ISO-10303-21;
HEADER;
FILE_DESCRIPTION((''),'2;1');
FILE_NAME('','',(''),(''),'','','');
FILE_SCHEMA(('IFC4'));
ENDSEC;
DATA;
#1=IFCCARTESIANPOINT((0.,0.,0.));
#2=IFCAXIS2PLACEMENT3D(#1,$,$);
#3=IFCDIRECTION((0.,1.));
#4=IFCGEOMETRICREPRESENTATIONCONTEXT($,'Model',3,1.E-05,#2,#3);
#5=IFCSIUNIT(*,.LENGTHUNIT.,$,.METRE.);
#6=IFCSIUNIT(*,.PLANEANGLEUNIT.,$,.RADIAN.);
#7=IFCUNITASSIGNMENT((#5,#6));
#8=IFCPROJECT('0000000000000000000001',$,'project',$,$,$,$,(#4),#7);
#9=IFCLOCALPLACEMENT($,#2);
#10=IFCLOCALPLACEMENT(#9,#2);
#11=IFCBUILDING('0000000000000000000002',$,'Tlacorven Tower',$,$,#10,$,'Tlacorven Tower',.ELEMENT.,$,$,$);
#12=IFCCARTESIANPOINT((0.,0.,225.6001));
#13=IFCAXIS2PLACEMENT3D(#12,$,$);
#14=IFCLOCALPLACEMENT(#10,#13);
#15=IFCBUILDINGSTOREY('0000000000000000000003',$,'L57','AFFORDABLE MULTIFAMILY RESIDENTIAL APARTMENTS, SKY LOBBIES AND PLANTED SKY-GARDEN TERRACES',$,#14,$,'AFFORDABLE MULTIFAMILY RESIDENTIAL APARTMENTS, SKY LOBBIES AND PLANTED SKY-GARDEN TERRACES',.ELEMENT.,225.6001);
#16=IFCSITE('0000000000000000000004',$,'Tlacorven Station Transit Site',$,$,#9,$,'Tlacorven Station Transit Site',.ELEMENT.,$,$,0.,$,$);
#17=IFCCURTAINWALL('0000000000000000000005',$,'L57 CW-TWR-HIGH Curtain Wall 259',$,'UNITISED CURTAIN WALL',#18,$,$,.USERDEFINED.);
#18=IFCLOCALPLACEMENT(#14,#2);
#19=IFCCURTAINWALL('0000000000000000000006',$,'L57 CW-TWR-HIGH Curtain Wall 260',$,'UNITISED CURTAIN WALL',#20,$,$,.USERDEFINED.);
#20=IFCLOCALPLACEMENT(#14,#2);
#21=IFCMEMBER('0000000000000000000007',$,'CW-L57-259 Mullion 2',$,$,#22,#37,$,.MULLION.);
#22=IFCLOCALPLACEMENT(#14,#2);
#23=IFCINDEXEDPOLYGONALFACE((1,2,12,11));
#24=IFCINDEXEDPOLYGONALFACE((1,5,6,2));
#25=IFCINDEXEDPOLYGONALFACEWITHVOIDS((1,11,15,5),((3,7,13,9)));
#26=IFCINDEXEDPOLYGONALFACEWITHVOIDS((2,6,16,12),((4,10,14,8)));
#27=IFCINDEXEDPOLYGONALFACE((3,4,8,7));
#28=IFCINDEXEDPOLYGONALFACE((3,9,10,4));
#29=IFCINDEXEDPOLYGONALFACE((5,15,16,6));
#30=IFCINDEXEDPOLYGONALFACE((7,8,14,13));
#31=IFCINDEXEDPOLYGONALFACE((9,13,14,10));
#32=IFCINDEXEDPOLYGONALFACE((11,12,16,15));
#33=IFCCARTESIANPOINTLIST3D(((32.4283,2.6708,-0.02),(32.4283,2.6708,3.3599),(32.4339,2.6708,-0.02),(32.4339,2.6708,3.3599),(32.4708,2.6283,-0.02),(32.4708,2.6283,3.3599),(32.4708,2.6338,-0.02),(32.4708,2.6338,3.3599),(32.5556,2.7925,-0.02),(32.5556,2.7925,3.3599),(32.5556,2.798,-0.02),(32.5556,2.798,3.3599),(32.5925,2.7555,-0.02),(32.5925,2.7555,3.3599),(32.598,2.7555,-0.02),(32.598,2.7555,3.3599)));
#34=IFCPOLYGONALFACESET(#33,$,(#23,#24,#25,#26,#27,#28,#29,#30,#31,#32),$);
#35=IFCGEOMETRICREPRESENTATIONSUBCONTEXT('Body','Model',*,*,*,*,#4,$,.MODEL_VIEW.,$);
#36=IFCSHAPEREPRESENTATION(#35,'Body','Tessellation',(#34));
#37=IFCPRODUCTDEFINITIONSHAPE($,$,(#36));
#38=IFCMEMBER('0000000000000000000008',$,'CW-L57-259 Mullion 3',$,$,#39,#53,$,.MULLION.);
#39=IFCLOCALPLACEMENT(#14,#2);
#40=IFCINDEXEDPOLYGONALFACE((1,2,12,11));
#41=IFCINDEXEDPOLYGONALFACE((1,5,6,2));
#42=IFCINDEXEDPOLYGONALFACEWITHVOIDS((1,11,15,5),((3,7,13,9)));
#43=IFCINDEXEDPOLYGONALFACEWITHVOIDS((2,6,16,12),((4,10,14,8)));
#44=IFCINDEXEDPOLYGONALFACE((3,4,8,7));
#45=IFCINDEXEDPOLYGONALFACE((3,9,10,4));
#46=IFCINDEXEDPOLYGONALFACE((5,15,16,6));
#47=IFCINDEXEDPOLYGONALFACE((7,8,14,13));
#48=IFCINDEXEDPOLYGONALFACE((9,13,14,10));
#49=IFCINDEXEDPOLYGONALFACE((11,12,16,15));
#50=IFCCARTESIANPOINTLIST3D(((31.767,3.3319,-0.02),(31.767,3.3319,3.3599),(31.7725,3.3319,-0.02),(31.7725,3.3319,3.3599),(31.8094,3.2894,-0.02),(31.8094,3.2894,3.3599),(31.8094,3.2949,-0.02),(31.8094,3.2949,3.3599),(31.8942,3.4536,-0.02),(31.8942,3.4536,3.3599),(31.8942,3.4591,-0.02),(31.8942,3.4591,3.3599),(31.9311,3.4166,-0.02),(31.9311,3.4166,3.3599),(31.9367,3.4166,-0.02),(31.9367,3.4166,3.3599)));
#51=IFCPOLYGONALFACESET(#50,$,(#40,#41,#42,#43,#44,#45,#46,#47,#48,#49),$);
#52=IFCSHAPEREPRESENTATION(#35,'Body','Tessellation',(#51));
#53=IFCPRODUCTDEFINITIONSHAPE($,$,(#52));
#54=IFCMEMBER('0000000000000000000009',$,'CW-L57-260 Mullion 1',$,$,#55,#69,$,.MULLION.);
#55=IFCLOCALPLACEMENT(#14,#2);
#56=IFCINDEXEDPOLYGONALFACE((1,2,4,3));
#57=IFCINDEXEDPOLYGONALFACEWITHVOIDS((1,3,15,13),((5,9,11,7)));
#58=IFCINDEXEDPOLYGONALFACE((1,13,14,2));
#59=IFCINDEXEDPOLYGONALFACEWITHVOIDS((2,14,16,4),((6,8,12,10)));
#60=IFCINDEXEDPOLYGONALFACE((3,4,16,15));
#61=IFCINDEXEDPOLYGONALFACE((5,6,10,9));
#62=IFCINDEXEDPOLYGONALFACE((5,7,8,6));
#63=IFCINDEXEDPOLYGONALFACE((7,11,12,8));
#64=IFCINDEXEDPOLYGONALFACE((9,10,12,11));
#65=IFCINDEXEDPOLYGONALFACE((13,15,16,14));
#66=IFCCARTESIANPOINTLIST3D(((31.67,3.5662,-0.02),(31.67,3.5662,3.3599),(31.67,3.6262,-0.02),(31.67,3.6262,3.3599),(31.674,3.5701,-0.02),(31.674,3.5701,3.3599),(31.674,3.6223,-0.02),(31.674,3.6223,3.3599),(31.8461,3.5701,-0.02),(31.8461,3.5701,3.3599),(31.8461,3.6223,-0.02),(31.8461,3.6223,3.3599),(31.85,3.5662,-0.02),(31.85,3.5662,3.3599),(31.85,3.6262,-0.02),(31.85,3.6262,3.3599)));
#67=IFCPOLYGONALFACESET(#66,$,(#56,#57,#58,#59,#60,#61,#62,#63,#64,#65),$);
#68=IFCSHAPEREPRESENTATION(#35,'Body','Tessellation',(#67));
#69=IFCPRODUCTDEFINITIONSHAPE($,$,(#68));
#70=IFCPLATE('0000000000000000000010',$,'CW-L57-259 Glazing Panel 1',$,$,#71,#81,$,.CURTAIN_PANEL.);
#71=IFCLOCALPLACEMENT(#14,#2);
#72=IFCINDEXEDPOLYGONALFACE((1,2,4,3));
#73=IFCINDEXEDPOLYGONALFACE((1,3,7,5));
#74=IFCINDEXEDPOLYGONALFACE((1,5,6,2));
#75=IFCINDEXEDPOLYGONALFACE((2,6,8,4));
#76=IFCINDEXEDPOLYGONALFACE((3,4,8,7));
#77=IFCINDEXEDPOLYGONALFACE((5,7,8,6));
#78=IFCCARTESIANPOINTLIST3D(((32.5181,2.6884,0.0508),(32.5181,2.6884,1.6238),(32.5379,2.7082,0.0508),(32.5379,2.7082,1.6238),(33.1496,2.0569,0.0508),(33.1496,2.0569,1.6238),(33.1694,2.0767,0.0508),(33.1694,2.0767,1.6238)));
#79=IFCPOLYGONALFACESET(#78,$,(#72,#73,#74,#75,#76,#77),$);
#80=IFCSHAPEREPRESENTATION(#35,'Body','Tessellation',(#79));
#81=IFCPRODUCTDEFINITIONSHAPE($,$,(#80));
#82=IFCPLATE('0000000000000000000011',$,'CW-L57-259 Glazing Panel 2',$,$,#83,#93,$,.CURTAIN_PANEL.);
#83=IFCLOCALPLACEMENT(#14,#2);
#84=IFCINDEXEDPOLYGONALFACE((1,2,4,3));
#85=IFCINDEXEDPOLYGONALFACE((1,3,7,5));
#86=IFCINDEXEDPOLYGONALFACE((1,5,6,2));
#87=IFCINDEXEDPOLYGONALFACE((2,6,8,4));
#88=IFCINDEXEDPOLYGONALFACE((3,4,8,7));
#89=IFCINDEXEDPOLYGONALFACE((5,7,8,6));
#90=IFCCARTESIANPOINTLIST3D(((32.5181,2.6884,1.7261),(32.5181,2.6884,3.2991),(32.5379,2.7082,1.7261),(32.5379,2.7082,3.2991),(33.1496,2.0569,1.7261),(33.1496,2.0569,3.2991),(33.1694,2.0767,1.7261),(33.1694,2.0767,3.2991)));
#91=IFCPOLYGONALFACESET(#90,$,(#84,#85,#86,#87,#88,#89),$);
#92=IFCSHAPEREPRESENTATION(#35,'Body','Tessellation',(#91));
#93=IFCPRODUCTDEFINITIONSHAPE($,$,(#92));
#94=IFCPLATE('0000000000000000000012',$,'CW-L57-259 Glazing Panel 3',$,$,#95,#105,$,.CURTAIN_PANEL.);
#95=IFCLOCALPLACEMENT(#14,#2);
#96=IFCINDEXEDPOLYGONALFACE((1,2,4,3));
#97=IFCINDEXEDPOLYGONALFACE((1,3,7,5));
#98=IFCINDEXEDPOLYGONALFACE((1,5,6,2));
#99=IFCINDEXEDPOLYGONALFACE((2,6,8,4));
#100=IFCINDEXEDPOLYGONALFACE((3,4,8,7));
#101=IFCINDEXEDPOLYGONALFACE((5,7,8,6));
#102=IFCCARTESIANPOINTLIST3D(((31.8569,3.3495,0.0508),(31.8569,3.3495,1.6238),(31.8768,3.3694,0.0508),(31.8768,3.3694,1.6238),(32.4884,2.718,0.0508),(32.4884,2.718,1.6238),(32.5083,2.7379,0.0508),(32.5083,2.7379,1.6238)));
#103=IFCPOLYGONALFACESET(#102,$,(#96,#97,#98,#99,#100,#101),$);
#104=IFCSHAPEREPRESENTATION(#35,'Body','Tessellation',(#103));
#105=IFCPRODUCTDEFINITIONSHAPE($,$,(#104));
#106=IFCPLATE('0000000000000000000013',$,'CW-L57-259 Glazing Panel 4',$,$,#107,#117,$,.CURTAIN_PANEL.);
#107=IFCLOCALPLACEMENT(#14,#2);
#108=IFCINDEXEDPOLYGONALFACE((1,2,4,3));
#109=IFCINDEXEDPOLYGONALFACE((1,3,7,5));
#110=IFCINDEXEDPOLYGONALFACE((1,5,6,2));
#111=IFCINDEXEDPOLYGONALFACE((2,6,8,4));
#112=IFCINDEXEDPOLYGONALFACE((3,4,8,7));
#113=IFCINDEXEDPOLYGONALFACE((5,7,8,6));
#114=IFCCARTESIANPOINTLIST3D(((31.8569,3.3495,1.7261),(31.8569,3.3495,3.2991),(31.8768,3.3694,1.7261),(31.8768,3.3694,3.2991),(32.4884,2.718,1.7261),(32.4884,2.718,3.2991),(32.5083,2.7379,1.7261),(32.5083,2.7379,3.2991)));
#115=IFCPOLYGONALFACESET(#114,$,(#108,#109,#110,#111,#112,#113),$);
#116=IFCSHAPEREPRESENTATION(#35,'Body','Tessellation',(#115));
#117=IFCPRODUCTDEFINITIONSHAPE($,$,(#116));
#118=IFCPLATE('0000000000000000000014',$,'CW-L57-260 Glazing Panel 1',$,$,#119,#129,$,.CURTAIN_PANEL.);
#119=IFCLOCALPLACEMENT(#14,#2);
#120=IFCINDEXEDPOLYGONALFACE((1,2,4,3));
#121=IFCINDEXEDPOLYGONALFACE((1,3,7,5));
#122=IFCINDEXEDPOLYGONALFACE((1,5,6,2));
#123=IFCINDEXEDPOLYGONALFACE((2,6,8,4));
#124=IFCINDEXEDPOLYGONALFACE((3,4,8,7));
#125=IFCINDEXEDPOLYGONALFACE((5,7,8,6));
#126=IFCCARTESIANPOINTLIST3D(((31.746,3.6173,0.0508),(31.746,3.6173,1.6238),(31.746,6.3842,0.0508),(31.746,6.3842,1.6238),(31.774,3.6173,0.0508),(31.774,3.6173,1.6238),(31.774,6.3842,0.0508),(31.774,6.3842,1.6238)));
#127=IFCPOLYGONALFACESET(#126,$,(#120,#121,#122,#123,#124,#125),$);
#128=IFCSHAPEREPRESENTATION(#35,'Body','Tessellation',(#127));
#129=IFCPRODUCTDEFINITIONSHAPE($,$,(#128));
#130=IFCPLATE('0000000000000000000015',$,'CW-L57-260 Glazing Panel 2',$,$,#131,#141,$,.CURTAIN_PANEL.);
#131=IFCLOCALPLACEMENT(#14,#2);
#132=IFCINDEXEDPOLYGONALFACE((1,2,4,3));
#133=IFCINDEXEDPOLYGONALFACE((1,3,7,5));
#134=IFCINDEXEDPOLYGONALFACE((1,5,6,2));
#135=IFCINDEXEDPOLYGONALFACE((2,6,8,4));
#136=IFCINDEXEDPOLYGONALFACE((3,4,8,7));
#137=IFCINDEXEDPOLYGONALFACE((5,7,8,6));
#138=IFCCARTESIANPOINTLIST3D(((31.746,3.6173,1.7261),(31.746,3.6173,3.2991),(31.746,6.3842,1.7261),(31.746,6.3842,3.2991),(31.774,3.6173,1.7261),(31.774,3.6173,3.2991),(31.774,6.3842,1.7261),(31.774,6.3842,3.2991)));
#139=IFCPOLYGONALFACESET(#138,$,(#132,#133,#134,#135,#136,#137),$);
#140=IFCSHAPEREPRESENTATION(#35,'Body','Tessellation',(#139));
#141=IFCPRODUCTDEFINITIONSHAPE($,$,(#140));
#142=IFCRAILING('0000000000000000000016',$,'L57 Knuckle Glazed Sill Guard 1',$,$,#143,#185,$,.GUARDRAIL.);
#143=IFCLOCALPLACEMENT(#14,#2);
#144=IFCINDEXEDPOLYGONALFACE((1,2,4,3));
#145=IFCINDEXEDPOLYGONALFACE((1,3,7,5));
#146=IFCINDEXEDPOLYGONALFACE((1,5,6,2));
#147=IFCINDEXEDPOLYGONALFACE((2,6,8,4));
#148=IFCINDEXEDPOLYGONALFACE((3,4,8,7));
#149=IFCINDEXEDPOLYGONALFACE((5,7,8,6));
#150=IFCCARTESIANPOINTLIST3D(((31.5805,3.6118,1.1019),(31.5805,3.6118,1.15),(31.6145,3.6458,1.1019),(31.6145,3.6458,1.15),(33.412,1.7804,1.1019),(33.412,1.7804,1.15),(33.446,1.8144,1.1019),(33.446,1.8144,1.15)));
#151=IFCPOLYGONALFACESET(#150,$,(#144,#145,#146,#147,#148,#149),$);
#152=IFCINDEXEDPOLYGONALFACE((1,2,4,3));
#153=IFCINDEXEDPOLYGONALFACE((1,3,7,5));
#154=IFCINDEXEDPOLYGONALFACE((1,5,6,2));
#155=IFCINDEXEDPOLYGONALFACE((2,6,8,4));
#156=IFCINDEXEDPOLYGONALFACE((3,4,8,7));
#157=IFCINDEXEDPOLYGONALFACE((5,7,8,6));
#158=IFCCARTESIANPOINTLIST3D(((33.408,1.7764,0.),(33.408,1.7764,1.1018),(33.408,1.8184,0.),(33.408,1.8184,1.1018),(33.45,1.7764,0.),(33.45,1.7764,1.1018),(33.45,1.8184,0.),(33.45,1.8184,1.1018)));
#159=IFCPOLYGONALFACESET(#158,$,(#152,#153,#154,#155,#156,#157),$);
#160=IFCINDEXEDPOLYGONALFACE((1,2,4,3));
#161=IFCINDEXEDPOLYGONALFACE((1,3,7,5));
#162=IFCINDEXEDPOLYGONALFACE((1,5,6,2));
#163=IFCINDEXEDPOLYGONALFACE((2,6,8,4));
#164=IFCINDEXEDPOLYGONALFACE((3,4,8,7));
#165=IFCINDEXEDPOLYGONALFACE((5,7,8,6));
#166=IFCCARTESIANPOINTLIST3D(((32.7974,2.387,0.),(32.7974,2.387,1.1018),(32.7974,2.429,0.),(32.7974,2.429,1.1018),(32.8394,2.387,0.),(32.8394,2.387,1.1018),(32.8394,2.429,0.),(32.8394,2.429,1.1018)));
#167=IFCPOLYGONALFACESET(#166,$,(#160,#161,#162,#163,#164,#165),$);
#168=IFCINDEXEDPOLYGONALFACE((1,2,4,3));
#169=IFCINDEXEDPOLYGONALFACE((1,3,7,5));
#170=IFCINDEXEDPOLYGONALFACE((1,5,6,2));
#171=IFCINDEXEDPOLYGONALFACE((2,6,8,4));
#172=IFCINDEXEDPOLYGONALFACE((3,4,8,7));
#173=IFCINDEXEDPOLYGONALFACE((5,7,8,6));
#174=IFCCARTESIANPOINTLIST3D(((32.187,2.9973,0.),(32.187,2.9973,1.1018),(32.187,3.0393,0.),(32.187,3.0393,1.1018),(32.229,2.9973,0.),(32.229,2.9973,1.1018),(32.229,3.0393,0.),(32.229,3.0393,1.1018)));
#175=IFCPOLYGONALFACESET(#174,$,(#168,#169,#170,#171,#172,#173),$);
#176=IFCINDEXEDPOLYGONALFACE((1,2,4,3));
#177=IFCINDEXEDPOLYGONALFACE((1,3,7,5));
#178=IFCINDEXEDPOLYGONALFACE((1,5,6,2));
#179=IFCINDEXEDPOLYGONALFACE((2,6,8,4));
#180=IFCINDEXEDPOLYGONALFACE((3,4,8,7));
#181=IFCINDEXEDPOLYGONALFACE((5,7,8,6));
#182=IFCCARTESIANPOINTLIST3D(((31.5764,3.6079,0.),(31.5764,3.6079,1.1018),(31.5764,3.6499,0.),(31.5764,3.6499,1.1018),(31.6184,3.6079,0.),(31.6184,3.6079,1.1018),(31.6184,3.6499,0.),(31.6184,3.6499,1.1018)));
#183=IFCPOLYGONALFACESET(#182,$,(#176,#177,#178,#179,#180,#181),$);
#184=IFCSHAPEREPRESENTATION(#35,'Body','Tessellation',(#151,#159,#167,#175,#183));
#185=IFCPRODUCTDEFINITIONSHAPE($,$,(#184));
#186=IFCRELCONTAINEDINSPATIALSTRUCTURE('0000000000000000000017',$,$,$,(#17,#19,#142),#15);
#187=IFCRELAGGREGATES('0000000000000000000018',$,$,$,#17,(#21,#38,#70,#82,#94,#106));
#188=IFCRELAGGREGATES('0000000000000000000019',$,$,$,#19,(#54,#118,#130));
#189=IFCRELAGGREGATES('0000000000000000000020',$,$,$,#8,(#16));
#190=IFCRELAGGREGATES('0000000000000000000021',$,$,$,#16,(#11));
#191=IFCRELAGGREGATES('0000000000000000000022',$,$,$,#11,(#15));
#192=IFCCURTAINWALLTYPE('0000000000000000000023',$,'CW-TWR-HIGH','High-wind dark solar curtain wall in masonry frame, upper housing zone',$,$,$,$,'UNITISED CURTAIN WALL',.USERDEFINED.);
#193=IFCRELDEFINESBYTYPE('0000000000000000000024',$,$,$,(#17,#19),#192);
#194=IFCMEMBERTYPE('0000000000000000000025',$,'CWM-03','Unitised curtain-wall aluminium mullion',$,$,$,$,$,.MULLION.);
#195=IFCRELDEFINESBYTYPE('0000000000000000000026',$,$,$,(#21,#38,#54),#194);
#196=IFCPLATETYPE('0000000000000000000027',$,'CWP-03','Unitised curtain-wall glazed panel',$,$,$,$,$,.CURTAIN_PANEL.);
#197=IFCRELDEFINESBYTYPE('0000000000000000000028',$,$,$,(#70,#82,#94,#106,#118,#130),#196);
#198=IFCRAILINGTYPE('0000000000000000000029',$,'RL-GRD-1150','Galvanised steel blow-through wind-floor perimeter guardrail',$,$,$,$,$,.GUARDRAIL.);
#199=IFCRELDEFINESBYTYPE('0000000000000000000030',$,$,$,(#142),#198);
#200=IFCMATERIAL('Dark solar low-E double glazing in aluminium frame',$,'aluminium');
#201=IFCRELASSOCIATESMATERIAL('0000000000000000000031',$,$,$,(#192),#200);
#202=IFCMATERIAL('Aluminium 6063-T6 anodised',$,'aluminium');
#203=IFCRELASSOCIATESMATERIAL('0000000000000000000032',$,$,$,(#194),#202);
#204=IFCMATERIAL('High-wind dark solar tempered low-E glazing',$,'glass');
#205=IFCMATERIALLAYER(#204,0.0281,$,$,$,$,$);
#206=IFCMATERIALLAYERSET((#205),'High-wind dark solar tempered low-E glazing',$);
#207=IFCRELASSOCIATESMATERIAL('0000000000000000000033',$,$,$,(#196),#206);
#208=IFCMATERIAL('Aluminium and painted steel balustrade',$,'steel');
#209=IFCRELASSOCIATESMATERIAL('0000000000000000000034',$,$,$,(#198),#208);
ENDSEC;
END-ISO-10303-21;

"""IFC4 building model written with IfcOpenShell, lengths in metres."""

from ifc_helpers import new_model, si_unit, direction, frame, origin, origin_2d, place, context, subcontext, project, spatial, rectangle, hollow_rectangle, extrude, source, transform, mapped, material, layer, layer_set, material_profile, profile_set, type_object, element, aggregate, save


model = new_model("IFC4")

# Units and contexts
model_context = context("Model", 3, precision=1e-05, world=origin(), true_north=direction((0.0, 1.0)))
body_context = subcontext(model_context, "Body", "Model", "MODEL_VIEW")
ifc_project = project(units=[si_unit("LENGTHUNIT", "METRE"), si_unit("PLANEANGLEUNIT", "RADIAN")], contexts=[model_context])

# Site, building, storey
site_placement = place(None, origin())
site = spatial("IfcSite", under=ifc_project, at=site_placement, Name="Tlacorven Station Transit Site", LongName="Tlacorven Station Transit Site", CompositionType="ELEMENT", RefElevation=0.0)
building_placement = place(site_placement, origin())
building = spatial("IfcBuilding", under=site, at=building_placement, Name="Tlacorven Tower", LongName="Tlacorven Tower", CompositionType="ELEMENT")
storey_placement = place(building_placement, frame((0.0, 0.0, 225.6001)))
storey = spatial("IfcBuildingStorey", under=building, at=storey_placement, Name="L57", Description="AFFORDABLE MULTIFAMILY RESIDENTIAL APARTMENTS, SKY LOBBIES AND PLANTED SKY-GARDEN TERRACES", LongName="AFFORDABLE MULTIFAMILY RESIDENTIAL APARTMENTS, SKY LOBBIES AND PLANTED SKY-GARDEN TERRACES", CompositionType="ELEMENT", Elevation=225.6001)

# Curtain walls
ifc_material_1 = material(Name="Dark solar low-E double glazing in aluminium frame", Category="aluminium")
curtain_wall_type = type_object("IfcCurtainWallType", Name="CW-TWR-HIGH", Description="High-wind dark solar curtain wall in masonry frame, upper housing zone", ElementType="UNITISED CURTAIN WALL", PredefinedType="USERDEFINED", material=ifc_material_1)
curtain_wall_1_placement = place(storey_placement, origin())
curtain_wall_1 = element("IfcCurtainWall", 1, at=curtain_wall_1_placement, inside=storey, type_object=curtain_wall_type, Name="L57 CW-TWR-HIGH Curtain Wall 259", ObjectType="UNITISED CURTAIN WALL", PredefinedType="USERDEFINED")
ifc_material_2 = material(Name="Aluminium 6063-T6 anodised", Category="aluminium")
curtain_wall_2_placement = place(storey_placement, origin())
curtain_wall_2 = element("IfcCurtainWall", 2, at=curtain_wall_2_placement, inside=storey, type_object=curtain_wall_type, Name="L57 CW-TWR-HIGH Curtain Wall 260", ObjectType="UNITISED CURTAIN WALL", PredefinedType="USERDEFINED")

# Shared definitions
ifc_material_profile_1 = material_profile(ifc_material_2, hollow_rectangle(XDim=0.0601, YDim=0.1799, WallThickness=0.0039, at=origin_2d()), Name="ALU MULLION 60X180")
ifc_profile_set_1 = profile_set([ifc_material_profile_1], Name="Aluminium 6063-T6 anodised")
member_type_1 = type_object("IfcMemberType", Name="CWM-03", Description="Unitised curtain-wall aluminium mullion", PredefinedType="MULLION", material=ifc_profile_set_1)
shared_shape_1 = source(origin(), body_context, "Body", "SweptSolid", [
    extrude(hollow_rectangle(XDim=0.0601, YDim=0.1799, WallThickness=0.0039, at=origin_2d()), origin(), (0.0, 0.0, 1.0), 3.3799),
])

# Members
member_1_placement = place(storey_placement, frame((32.5132, 2.7131, -0.02), z_axis=(0.0, 0.0, 1.0), x_axis=(-0.707107, 0.707107, 0.0)))
member_1 = element("IfcMember", 3, at=member_1_placement, type_object=member_type_1, Name="CW-L57-259 Mullion 2", PredefinedType="MULLION", context=body_context, shape_type="MappedRepresentation", body=[
    mapped(shared_shape_1, transform((0.0, 0.0, 0.0), scale=1.0)),
])
member_2_placement = place(storey_placement, frame((31.8518, 3.3743, -0.02), z_axis=(0.0, 0.0, 1.0), x_axis=(-0.707107, 0.707107, 0.0)))
member_2 = element("IfcMember", 4, at=member_2_placement, type_object=member_type_1, Name="CW-L57-259 Mullion 3", PredefinedType="MULLION", context=body_context, shape_type="MappedRepresentation", body=[
    mapped(shared_shape_1, transform((0.0, 0.0, 0.0), scale=1.0)),
])
member_3_placement = place(storey_placement, frame((31.76, 3.5962, -0.02), z_axis=(0.0, 0.0, 1.0), x_axis=(0.0, 1.0, 0.0)))
member_3 = element("IfcMember", 5, at=member_3_placement, type_object=member_type_1, Name="CW-L57-260 Mullion 1", PredefinedType="MULLION", context=body_context, shape_type="MappedRepresentation", body=[
    mapped(shared_shape_1, transform((0.0, 0.0, 0.0), scale=1.0)),
])

# Plates
ifc_material_3 = material(Name="High-wind dark solar tempered low-E glazing", Category="glass")
ifc_layer = layer(ifc_material_3, 0.0281)
ifc_layer_set = layer_set([ifc_layer], Name="High-wind dark solar tempered low-E glazing")
plate_type = type_object("IfcPlateType", Name="CWP-03", Description="Unitised curtain-wall glazed panel", PredefinedType="CURTAIN_PANEL", material=ifc_layer_set)
shared_shape_2 = source(origin(), body_context, "Body", "SweptSolid", [
    extrude(rectangle(XDim=0.8931, YDim=0.0281, at=origin_2d()), origin(), (0.0, 0.0, 1.0), 1.573),
])
plate_1_placement = place(storey_placement, frame((32.8438, 2.3826, 0.0508), z_axis=(0.0, 0.0, 1.0), x_axis=(-0.707107, 0.707107, 0.0)))
plate_1 = element("IfcPlate", 6, at=plate_1_placement, type_object=plate_type, Name="CW-L57-259 Glazing Panel 1", PredefinedType="CURTAIN_PANEL", context=body_context, shape_type="MappedRepresentation", body=[
    mapped(shared_shape_2, transform((0.0, 0.0, 0.0), scale=1.0)),
])
plate_2_placement = place(storey_placement, frame((32.8438, 2.3826, 1.7261), z_axis=(0.0, 0.0, 1.0), x_axis=(-0.707107, 0.707107, 0.0)))
plate_2 = element("IfcPlate", 7, at=plate_2_placement, type_object=plate_type, Name="CW-L57-259 Glazing Panel 2", PredefinedType="CURTAIN_PANEL", context=body_context, shape_type="MappedRepresentation", body=[
    mapped(shared_shape_2, transform((0.0, 0.0, 0.0), scale=1.0)),
])
plate_3_placement = place(storey_placement, frame((32.1826, 3.0437, 0.0508), z_axis=(0.0, 0.0, 1.0), x_axis=(-0.707107, 0.707107, 0.0)))
plate_3 = element("IfcPlate", 8, at=plate_3_placement, type_object=plate_type, Name="CW-L57-259 Glazing Panel 3", PredefinedType="CURTAIN_PANEL", context=body_context, shape_type="MappedRepresentation", body=[
    mapped(shared_shape_2, transform((0.0, 0.0, 0.0), scale=1.0)),
])
plate_4_placement = place(storey_placement, frame((32.1826, 3.0437, 1.7261), z_axis=(0.0, 0.0, 1.0), x_axis=(-0.707107, 0.707107, 0.0)))
plate_4 = element("IfcPlate", 9, at=plate_4_placement, type_object=plate_type, Name="CW-L57-259 Glazing Panel 4", PredefinedType="CURTAIN_PANEL", context=body_context, shape_type="MappedRepresentation", body=[
    mapped(shared_shape_2, transform((0.0, 0.0, 0.0), scale=1.0)),
])
aggregate(curtain_wall_1, [member_1, member_2, plate_1, plate_2, plate_3, plate_4])
shared_shape_3 = source(origin(), body_context, "Body", "SweptSolid", [
    extrude(rectangle(XDim=2.7668, YDim=0.0281, at=origin_2d()), origin(), (0.0, 0.0, 1.0), 1.573),
])
plate_5_placement = place(storey_placement, frame((31.76, 5.0007, 0.0508), z_axis=(0.0, 0.0, 1.0), x_axis=(0.0, 1.0, 0.0)))
plate_5 = element("IfcPlate", 10, at=plate_5_placement, type_object=plate_type, Name="CW-L57-260 Glazing Panel 1", PredefinedType="CURTAIN_PANEL", context=body_context, shape_type="MappedRepresentation", body=[
    mapped(shared_shape_3, transform((0.0, 0.0, 0.0), scale=1.0)),
])
plate_6_placement = place(storey_placement, frame((31.76, 5.0007, 1.7261), z_axis=(0.0, 0.0, 1.0), x_axis=(0.0, 1.0, 0.0)))
plate_6 = element("IfcPlate", 11, at=plate_6_placement, type_object=plate_type, Name="CW-L57-260 Glazing Panel 2", PredefinedType="CURTAIN_PANEL", context=body_context, shape_type="MappedRepresentation", body=[
    mapped(shared_shape_3, transform((0.0, 0.0, 0.0), scale=1.0)),
])
aggregate(curtain_wall_2, [member_3, plate_5, plate_6])

# Railing
ifc_material_4 = material(Name="Aluminium and painted steel balustrade", Category="steel")
railing_type = type_object("IfcRailingType", Name="RL-GRD-1150", Description="Galvanised steel blow-through wind-floor perimeter guardrail", PredefinedType="GUARDRAIL", material=ifc_material_4)
shared_shape_4 = source(origin(), body_context, "Body", "SweptSolid", [
    extrude(rectangle(XDim=0.0481, YDim=0.0481, at=origin_2d()), frame((0.0, 0.0, 1.126), z_axis=(-0.707107, 0.707107, 0.0), x_axis=(-0.707107, -0.707107, 0.0)), (0.0, 0.0, 1.0), 2.5901),
    extrude(rectangle(XDim=0.042, YDim=0.042, at=origin_2d()), origin(), (0.0, 0.0, 1.0), 1.1018),
    extrude(rectangle(XDim=0.042, YDim=0.042, at=origin_2d()), frame((-0.6106, 0.6106, 0.0)), (0.0, 0.0, 1.0), 1.1018),
    extrude(rectangle(XDim=0.042, YDim=0.042, at=origin_2d()), frame((-1.2209, 1.2209, 0.0)), (0.0, 0.0, 1.0), 1.1018),
    extrude(rectangle(XDim=0.042, YDim=0.042, at=origin_2d()), frame((-1.8315, 1.8315, 0.0)), (0.0, 0.0, 1.0), 1.1018),
])
railing_placement = place(storey_placement, frame((33.429, 1.7974, 0.0)))
element("IfcRailing", 12, at=railing_placement, inside=storey, type_object=railing_type, Name="L57 Knuckle Glazed Sill Guard 1", PredefinedType="GUARDRAIL", context=body_context, shape_type="MappedRepresentation", body=[
    mapped(shared_shape_4, transform((0.0, 0.0, 0.0), scale=1.0)),
])

save(model, "model.ifc")
